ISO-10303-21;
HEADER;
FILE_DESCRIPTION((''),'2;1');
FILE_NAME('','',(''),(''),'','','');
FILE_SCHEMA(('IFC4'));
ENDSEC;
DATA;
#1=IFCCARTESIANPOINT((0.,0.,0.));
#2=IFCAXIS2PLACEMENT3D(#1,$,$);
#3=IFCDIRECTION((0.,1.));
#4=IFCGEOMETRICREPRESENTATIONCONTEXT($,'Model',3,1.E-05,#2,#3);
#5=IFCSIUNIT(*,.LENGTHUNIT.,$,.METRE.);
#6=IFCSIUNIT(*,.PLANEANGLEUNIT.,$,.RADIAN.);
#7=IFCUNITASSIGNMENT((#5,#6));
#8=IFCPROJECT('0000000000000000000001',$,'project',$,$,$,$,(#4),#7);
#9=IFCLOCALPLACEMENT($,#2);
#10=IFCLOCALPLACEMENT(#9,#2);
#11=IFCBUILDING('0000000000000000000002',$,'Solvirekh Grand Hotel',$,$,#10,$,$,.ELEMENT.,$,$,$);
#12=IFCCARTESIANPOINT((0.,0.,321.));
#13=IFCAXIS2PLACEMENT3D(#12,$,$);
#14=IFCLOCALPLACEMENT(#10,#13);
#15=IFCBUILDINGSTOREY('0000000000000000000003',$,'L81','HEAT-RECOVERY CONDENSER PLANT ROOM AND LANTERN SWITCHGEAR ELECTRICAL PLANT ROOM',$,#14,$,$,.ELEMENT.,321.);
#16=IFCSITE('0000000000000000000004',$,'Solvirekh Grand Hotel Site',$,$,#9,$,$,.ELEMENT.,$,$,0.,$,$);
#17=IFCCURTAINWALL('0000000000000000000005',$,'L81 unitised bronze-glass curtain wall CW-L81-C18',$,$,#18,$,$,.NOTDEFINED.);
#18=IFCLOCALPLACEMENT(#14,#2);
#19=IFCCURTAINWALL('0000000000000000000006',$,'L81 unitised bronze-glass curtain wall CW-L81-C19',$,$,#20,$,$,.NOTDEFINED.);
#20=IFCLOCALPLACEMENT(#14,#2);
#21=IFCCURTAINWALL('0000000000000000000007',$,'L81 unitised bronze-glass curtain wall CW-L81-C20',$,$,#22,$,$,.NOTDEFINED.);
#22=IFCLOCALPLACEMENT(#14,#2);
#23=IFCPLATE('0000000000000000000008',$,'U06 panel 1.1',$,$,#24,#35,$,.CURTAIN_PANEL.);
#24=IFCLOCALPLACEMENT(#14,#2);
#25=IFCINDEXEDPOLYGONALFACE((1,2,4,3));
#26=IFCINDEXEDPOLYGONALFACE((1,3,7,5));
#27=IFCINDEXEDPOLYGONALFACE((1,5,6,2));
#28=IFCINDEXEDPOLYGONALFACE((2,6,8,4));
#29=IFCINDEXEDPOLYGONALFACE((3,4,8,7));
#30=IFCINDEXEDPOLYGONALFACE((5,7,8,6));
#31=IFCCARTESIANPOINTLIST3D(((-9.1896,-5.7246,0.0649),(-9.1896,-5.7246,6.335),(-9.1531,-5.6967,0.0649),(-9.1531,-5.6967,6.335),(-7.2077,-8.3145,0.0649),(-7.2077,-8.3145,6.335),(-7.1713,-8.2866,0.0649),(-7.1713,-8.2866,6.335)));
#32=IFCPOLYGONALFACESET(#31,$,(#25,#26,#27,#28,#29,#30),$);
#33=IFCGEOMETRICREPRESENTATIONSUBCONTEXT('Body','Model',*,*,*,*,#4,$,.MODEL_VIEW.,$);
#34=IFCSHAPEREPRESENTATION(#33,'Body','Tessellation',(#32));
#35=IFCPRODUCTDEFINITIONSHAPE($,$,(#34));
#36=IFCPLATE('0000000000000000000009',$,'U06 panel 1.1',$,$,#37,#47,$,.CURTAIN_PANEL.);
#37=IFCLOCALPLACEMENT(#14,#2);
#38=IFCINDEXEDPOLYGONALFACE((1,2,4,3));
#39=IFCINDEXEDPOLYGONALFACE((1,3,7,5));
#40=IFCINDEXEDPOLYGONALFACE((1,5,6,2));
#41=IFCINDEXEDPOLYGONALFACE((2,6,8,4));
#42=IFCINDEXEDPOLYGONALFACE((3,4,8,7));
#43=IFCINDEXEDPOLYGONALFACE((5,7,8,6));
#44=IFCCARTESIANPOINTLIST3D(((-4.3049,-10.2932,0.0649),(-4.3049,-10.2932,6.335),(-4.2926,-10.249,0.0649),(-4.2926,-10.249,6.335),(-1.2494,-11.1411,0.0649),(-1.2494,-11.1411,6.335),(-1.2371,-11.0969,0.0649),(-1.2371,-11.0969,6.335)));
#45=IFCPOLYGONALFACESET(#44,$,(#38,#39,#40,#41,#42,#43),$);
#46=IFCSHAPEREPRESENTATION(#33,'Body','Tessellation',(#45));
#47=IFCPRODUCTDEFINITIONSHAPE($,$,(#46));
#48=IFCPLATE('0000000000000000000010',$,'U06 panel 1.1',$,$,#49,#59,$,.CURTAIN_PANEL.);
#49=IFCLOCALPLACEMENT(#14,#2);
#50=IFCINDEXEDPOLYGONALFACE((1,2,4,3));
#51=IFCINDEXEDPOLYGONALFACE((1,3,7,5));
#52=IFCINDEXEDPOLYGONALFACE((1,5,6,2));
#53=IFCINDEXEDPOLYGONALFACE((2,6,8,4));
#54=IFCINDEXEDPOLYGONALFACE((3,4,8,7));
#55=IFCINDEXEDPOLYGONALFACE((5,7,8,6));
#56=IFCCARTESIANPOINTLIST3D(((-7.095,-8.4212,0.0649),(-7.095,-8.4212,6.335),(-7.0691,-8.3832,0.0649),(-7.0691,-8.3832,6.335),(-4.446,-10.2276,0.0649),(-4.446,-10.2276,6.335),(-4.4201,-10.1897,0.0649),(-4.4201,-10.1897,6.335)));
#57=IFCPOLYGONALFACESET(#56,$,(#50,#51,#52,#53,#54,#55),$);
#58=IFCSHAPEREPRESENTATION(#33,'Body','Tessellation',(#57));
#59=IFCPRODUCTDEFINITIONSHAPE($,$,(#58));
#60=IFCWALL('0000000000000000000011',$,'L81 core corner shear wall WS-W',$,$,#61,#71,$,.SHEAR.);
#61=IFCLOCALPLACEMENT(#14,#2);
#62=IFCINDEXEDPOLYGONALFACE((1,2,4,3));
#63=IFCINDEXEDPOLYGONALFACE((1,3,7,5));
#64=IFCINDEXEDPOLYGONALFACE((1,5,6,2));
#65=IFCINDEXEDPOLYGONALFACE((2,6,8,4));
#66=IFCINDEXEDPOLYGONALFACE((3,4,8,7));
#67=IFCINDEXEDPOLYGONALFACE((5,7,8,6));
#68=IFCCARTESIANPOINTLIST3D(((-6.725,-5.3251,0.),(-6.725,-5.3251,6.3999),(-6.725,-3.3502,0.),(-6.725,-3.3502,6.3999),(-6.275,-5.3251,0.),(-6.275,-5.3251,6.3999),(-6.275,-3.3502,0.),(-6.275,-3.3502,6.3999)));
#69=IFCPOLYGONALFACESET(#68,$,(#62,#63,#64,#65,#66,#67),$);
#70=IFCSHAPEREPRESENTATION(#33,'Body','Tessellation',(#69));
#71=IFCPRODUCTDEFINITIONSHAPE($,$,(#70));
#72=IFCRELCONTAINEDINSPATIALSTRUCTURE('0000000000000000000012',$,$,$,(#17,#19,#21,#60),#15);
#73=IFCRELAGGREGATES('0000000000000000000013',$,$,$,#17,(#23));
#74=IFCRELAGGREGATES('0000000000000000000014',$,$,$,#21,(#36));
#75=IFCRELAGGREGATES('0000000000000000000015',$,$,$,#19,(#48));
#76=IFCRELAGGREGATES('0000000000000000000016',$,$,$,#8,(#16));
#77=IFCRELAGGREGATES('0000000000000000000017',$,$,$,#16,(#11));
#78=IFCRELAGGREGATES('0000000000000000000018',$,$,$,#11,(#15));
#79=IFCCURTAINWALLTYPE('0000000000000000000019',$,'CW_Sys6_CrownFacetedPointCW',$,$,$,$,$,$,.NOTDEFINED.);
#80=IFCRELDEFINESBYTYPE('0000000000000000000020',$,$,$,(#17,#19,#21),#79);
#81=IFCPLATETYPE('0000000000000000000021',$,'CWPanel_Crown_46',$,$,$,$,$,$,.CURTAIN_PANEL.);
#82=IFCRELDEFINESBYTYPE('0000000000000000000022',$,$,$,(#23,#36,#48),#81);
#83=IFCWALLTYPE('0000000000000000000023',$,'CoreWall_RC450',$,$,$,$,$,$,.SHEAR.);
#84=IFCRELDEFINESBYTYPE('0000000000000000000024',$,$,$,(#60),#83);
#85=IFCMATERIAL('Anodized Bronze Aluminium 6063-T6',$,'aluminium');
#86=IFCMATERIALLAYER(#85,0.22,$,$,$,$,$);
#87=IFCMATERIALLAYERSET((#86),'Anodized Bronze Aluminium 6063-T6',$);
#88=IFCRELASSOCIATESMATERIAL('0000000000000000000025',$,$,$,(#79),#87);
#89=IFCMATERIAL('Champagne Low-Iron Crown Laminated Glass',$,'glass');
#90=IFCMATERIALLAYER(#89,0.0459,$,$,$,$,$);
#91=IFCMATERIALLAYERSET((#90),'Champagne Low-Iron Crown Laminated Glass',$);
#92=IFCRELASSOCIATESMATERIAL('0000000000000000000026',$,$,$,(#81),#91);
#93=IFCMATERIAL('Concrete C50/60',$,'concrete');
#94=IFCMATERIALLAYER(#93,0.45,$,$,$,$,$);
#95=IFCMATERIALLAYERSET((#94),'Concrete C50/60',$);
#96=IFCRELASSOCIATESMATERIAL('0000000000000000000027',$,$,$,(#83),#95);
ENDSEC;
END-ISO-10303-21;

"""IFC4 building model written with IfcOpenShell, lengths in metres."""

from ifc_helpers import new_model, si_unit, direction, frame, frame_2d, origin, origin_2d, place, context, subcontext, project, spatial, rectangle, extrude, source, transform, mapped, material, layer, layer_set, type_object, element, aggregate, save


model = new_model("IFC4")

# Units and contexts
model_context = context("Model", 3, precision=1e-05, world=origin(), true_north=direction((0.0, 1.0)))
body_context = subcontext(model_context, "Body", "Model", "MODEL_VIEW")
ifc_project = project(units=[si_unit("LENGTHUNIT", "METRE"), si_unit("PLANEANGLEUNIT", "RADIAN")], contexts=[model_context])

# Site, building, storey
site_placement = place(None, origin())
site = spatial("IfcSite", under=ifc_project, at=site_placement, Name="Solvirekh Grand Hotel Site", CompositionType="ELEMENT", RefElevation=0.0)
building_placement = place(site_placement, origin())
building = spatial("IfcBuilding", under=site, at=building_placement, Name="Solvirekh Grand Hotel", CompositionType="ELEMENT")
storey_placement = place(building_placement, frame((0.0, 0.0, 321.0)))
storey = spatial("IfcBuildingStorey", under=building, at=storey_placement, Name="L81", Description="HEAT-RECOVERY CONDENSER PLANT ROOM AND LANTERN SWITCHGEAR ELECTRICAL PLANT ROOM", CompositionType="ELEMENT", Elevation=321.0)

# Shared definitions
ifc_material_1 = material(Name="Concrete C50/60", Category="concrete")

# Shared definitions
ifc_material_2 = material(Name="Anodized Bronze Aluminium 6063-T6", Category="aluminium")
ifc_layer_1 = layer(ifc_material_2, 0.22)
ifc_layer_set_1 = layer_set([ifc_layer_1], Name="Anodized Bronze Aluminium 6063-T6")
curtain_wall_type = type_object("IfcCurtainWallType", Name="CW_Sys6_CrownFacetedPointCW", PredefinedType="NOTDEFINED", material=ifc_layer_set_1)

# Curtain walls
curtain_wall_1_placement = place(storey_placement, origin())
curtain_wall_1 = element("IfcCurtainWall", 1, at=curtain_wall_1_placement, inside=storey, type_object=curtain_wall_type, Name="L81 unitised bronze-glass curtain wall CW-L81-C18", PredefinedType="NOTDEFINED")
curtain_wall_2_placement = place(storey_placement, origin())
curtain_wall_2 = element("IfcCurtainWall", 2, at=curtain_wall_2_placement, inside=storey, type_object=curtain_wall_type, Name="L81 unitised bronze-glass curtain wall CW-L81-C19", PredefinedType="NOTDEFINED")
curtain_wall_3_placement = place(storey_placement, origin())
curtain_wall_3 = element("IfcCurtainWall", 3, at=curtain_wall_3_placement, inside=storey, type_object=curtain_wall_type, Name="L81 unitised bronze-glass curtain wall CW-L81-C20", PredefinedType="NOTDEFINED")

# Plates
ifc_material_3 = material(Name="Champagne Low-Iron Crown Laminated Glass", Category="glass")
ifc_layer_2 = layer(ifc_material_3, 0.0459)
ifc_layer_set_2 = layer_set([ifc_layer_2], Name="Champagne Low-Iron Crown Laminated Glass")
plate_type_1 = type_object("IfcPlateType", Name="CWPanel_Crown_46", PredefinedType="CURTAIN_PANEL", material=ifc_layer_set_2)
shared_shape_1 = source(origin(), body_context, "Body", "SweptSolid", [
    extrude(rectangle(XDim=3.2612, YDim=0.0459, at=origin_2d()), origin(), (0.0, 0.0, 1.0), 6.27),
])
plate_1_placement = place(storey_placement, frame((-8.1804, -7.0056, 0.0649), z_axis=(0.0, 0.0, 1.0), x_axis=(0.607711, -0.794158, 0.0)))
plate_1 = element("IfcPlate", 4, at=plate_1_placement, type_object=plate_type_1, Name="U06 panel 1.1", PredefinedType="CURTAIN_PANEL", context=body_context, shape_type="MappedRepresentation", body=[
    mapped(shared_shape_1, transform((0.0, 0.0, 0.0), x_axis=(1.0, 0.0, 0.0), y_axis=(0.0, 1.0, 0.0), z_axis=(0.0, 0.0, 1.0), scale=1.0)),
])
aggregate(curtain_wall_1, [plate_1])
shared_shape_2 = source(origin(), body_context, "Body", "SweptSolid", [
    extrude(rectangle(XDim=3.1709, YDim=0.0459, at=origin_2d()), origin(), (0.0, 0.0, 1.0), 6.27),
])
plate_2_placement = place(storey_placement, frame((-2.771, -10.6951, 0.0649), z_axis=(0.0, 0.0, 1.0), x_axis=(0.963587, -0.267395, 0.0)))
plate_2 = element("IfcPlate", 5, at=plate_2_placement, type_object=plate_type_1, Name="U06 panel 1.1", PredefinedType="CURTAIN_PANEL", context=body_context, shape_type="MappedRepresentation", body=[
    mapped(shared_shape_2, transform((0.0, 0.0, 0.0), x_axis=(1.0, 0.0, 0.0), y_axis=(0.0, 1.0, 0.0), z_axis=(0.0, 0.0, 1.0), scale=1.0)),
])
aggregate(curtain_wall_3, [plate_2])
shared_shape_3 = source(origin(), body_context, "Body", "SweptSolid", [
    extrude(rectangle(XDim=3.2063, YDim=0.0459, at=origin_2d()), origin(), (0.0, 0.0, 1.0), 6.27),
])
plate_3_placement = place(storey_placement, frame((-5.7576, -9.3054, 0.0649), z_axis=(0.0, 0.0, 1.0), x_axis=(0.826183, -0.563402, 0.0)))
plate_3 = element("IfcPlate", 6, at=plate_3_placement, type_object=plate_type_1, Name="U06 panel 1.1", PredefinedType="CURTAIN_PANEL", context=body_context, shape_type="MappedRepresentation", body=[
    mapped(shared_shape_3, transform((0.0, 0.0, 0.0), x_axis=(1.0, 0.0, 0.0), y_axis=(0.0, 1.0, 0.0), z_axis=(0.0, 0.0, 1.0), scale=1.0)),
])
aggregate(curtain_wall_2, [plate_3])

# Wall
ifc_layer_3 = layer(ifc_material_1, 0.45)
ifc_layer_set_3 = layer_set([ifc_layer_3], Name="Concrete C50/60")
wall_type = type_object("IfcWallType", Name="CoreWall_RC450", PredefinedType="SHEAR", material=ifc_layer_set_3)
wall_placement = place(storey_placement, frame((-6.5, -5.325, 0.0), z_axis=(0.0, 0.0, 1.0), x_axis=(0.0, 1.0, 0.0)))
element("IfcWall", 7, at=wall_placement, inside=storey, type_object=wall_type, Name="L81 core corner shear wall WS-W", PredefinedType="SHEAR", context=body_context, shape_type="SweptSolid", body=[
    extrude(rectangle(XDim=1.9749, YDim=0.45, at=frame_2d((0.9873, 0.0))), origin(), (0.0, 0.0, 1.0), 6.3999),
])

save(model, "model.ifc")
